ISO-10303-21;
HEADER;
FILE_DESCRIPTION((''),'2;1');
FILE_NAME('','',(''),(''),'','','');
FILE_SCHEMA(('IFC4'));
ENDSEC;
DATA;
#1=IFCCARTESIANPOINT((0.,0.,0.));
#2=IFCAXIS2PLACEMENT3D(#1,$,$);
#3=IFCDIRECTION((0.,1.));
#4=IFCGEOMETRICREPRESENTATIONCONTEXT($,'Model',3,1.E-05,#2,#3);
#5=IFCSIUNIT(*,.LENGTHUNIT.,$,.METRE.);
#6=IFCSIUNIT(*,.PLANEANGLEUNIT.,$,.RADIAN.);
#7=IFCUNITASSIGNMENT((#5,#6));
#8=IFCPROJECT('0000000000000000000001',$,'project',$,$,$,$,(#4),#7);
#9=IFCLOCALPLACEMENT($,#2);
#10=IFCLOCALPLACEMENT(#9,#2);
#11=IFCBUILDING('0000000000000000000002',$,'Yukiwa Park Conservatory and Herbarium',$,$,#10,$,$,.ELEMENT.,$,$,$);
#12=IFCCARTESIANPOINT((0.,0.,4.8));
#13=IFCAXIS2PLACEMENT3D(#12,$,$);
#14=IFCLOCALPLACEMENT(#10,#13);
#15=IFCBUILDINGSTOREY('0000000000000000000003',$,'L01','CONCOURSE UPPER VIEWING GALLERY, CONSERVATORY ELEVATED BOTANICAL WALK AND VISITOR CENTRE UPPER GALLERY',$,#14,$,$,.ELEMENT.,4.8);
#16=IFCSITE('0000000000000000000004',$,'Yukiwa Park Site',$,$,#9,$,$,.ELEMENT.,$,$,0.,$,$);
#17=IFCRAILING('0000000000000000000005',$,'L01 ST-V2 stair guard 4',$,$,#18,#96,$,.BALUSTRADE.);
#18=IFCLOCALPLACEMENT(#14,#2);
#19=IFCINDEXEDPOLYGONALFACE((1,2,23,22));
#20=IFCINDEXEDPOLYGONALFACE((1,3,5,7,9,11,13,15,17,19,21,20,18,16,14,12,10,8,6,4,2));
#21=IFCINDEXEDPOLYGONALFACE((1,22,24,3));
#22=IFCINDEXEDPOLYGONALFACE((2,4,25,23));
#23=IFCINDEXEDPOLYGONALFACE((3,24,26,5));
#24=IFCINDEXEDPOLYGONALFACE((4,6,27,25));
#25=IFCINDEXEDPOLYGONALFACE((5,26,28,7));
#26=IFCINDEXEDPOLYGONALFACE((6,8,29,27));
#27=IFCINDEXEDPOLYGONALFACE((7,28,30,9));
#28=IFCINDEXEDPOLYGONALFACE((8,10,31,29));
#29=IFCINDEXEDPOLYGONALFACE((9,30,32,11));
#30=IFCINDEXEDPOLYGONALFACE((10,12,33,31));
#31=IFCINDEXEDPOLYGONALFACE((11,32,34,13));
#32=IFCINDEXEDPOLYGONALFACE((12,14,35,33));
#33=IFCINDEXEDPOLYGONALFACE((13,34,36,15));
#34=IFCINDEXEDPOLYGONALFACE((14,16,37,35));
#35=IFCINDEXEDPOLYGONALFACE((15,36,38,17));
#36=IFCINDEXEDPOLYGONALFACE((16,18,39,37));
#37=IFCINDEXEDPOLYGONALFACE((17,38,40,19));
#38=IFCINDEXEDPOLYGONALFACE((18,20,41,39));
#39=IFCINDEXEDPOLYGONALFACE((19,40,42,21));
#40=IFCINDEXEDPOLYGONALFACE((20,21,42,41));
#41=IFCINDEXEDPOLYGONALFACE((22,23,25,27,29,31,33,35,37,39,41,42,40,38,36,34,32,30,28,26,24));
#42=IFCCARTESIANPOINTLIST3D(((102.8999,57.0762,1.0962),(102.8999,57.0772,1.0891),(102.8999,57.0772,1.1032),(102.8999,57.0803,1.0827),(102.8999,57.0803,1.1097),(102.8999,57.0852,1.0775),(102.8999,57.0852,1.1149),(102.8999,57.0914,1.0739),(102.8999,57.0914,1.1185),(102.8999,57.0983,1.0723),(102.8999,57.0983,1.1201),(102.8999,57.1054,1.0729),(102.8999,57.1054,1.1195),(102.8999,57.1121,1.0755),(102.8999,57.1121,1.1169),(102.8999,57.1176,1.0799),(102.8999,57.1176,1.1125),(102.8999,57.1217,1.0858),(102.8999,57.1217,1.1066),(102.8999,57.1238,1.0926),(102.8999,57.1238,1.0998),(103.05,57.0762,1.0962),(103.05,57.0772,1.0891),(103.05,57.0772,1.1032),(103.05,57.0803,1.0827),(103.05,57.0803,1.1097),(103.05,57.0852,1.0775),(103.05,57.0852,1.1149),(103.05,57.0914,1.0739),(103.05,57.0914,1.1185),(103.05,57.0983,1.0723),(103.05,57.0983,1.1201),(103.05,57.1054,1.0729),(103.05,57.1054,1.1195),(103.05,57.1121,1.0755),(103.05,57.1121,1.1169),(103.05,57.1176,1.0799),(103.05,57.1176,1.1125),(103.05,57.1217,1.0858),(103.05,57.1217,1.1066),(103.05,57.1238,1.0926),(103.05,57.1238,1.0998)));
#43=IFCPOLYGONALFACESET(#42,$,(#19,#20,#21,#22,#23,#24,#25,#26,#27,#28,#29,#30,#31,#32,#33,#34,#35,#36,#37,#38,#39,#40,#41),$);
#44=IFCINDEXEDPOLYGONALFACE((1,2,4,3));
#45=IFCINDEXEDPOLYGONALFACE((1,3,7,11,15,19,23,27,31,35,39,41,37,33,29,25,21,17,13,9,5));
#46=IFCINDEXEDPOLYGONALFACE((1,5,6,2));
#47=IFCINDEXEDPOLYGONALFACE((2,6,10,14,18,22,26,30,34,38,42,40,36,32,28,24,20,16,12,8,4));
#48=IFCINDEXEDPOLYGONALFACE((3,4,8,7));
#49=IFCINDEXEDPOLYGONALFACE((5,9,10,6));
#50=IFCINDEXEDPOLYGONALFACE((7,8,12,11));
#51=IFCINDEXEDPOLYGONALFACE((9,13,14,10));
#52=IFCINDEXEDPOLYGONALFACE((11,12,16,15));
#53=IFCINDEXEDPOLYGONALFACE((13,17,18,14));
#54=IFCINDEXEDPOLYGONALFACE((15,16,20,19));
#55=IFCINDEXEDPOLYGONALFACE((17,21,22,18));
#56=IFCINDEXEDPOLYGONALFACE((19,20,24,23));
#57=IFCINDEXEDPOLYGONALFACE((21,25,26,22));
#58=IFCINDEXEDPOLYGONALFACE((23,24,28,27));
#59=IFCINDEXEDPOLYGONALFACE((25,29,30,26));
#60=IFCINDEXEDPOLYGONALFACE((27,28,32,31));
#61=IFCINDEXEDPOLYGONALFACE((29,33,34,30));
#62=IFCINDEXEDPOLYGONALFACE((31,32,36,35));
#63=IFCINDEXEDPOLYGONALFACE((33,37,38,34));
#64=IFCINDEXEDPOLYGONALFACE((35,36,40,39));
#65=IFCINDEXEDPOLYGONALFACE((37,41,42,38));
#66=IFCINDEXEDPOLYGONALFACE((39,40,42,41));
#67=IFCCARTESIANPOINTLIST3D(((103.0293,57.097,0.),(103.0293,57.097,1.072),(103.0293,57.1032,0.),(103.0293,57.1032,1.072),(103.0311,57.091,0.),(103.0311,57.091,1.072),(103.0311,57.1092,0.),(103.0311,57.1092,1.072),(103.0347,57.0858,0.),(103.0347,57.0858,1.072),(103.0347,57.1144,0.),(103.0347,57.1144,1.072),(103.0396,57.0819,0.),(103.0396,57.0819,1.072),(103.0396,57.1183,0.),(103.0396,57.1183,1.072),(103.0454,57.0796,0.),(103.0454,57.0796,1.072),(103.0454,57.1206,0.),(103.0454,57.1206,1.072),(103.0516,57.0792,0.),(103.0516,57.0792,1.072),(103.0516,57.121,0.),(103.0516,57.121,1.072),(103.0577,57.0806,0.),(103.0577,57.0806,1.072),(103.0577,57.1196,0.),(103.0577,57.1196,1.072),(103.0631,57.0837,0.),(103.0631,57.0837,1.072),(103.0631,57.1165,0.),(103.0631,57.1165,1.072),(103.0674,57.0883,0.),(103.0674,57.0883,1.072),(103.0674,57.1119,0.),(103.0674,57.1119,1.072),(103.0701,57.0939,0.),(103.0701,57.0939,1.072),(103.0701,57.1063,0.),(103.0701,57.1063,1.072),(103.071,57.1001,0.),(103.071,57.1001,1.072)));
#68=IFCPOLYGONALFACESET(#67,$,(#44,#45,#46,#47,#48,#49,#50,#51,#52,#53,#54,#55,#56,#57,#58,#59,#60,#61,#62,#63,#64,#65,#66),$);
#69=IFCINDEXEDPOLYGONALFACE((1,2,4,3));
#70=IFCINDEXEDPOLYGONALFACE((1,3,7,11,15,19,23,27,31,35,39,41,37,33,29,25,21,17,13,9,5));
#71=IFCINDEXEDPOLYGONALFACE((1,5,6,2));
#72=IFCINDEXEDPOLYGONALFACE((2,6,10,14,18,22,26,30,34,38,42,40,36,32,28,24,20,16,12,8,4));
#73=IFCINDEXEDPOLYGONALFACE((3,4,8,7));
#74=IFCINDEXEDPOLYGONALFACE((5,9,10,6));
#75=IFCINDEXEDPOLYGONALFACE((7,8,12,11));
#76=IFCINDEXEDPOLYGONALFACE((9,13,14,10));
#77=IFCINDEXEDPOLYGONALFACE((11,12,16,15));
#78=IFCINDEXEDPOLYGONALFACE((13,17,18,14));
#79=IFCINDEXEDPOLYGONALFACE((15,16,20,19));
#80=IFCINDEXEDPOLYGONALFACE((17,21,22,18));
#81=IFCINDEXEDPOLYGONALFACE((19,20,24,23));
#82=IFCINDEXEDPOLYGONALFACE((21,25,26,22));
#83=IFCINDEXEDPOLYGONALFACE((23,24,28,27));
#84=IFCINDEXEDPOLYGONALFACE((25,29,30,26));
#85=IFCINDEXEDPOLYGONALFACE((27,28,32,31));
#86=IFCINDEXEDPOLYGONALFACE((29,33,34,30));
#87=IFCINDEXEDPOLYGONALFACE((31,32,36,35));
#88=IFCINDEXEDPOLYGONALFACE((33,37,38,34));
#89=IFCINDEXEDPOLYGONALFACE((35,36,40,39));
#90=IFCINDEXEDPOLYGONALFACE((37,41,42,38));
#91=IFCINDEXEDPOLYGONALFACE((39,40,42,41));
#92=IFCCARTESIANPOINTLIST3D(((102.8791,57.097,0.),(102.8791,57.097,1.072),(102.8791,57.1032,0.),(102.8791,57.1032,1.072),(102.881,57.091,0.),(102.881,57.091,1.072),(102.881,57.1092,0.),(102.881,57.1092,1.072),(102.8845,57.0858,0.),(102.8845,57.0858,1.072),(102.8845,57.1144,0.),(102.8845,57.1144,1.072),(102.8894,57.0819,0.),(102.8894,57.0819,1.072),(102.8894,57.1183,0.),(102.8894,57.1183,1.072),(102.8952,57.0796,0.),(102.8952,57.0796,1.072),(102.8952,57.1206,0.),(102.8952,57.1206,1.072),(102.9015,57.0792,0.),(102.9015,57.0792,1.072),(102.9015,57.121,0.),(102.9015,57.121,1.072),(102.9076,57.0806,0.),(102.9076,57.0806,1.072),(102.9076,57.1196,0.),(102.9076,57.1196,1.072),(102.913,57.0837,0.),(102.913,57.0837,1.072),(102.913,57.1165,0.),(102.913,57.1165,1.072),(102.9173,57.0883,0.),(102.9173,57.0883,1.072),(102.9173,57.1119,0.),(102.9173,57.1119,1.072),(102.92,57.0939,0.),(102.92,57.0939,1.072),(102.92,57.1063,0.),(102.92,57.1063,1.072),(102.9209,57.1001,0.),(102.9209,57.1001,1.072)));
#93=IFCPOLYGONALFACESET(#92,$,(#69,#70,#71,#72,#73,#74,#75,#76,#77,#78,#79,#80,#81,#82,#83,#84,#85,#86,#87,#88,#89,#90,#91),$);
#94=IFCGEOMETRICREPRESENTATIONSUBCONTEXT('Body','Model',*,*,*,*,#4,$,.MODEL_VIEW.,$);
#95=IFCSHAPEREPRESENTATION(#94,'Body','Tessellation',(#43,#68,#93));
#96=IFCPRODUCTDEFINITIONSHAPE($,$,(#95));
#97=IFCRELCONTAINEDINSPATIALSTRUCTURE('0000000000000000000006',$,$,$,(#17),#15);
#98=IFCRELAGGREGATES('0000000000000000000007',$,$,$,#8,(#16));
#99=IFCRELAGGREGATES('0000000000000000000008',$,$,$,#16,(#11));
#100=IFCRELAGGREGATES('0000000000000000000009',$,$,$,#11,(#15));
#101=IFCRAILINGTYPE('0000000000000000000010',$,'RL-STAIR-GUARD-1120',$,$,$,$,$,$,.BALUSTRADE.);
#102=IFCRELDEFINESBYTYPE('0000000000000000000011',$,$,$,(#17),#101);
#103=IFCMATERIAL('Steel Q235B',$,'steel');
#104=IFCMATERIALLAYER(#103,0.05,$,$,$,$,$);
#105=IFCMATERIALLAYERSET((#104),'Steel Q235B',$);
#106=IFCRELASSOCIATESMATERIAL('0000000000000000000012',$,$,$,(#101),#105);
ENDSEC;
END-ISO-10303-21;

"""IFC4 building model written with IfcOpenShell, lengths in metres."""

from ifc_helpers import new_model, si_unit, direction, frame, origin, origin_2d, place, context, subcontext, project, spatial, circle, extrude, material, layer, layer_set, type_object, element, save


model = new_model("IFC4")

# Units and contexts
model_context = context("Model", 3, precision=1e-05, world=origin(), true_north=direction((0.0, 1.0)))
body_context = subcontext(model_context, "Body", "Model", "MODEL_VIEW")
ifc_project = project(units=[si_unit("LENGTHUNIT", "METRE"), si_unit("PLANEANGLEUNIT", "RADIAN")], contexts=[model_context])

# Site, building, storey
site_placement = place(None, origin())
site = spatial("IfcSite", under=ifc_project, at=site_placement, Name="Yukiwa Park Site", CompositionType="ELEMENT", RefElevation=0.0)
building_placement = place(site_placement, origin())
building = spatial("IfcBuilding", under=site, at=building_placement, Name="Yukiwa Park Conservatory and Herbarium", CompositionType="ELEMENT")
storey_placement = place(building_placement, frame((0.0, 0.0, 4.8)))
storey = spatial("IfcBuildingStorey", under=building, at=storey_placement, Name="L01", Description="CONCOURSE UPPER VIEWING GALLERY, CONSERVATORY ELEVATED BOTANICAL WALK AND VISITOR CENTRE UPPER GALLERY", CompositionType="ELEMENT", Elevation=4.8)

# Railing
ifc_material_1 = material(Name="Steel Q235B", Category="steel")
ifc_layer_1 = layer(ifc_material_1, 0.05)
ifc_layer_set_1 = layer_set([ifc_layer_1], Name="Steel Q235B")
railing_type_1 = type_object("IfcRailingType", Name="RL-STAIR-GUARD-1120", PredefinedType="BALUSTRADE", material=ifc_layer_set_1)
railing_1_placement = place(storey_placement, frame((103.05, 57.1001, 0.0)))
element("IfcRailing", 1, at=railing_1_placement, inside=storey, type_object=railing_type_1, Name="L01 ST-V2 stair guard 4", PredefinedType="BALUSTRADE", context=body_context, shape_type="SweptSolid", body=[
    extrude(circle(Radius=0.0239, at=origin_2d()), frame((0.0, 0.0, 1.0962), z_axis=(-1.0, 0.0, 0.0), x_axis=(0.0, -1.0, 0.0)), (0.0, 0.0, 1.0), 0.1501),
    extrude(circle(Radius=0.021, at=origin_2d()), origin(), (0.0, 0.0, 1.0), 1.072),
    extrude(circle(Radius=0.021, at=origin_2d()), frame((-0.1501, 0.0, 0.0)), (0.0, 0.0, 1.0), 1.072),
])

save(model, "model.ifc")
